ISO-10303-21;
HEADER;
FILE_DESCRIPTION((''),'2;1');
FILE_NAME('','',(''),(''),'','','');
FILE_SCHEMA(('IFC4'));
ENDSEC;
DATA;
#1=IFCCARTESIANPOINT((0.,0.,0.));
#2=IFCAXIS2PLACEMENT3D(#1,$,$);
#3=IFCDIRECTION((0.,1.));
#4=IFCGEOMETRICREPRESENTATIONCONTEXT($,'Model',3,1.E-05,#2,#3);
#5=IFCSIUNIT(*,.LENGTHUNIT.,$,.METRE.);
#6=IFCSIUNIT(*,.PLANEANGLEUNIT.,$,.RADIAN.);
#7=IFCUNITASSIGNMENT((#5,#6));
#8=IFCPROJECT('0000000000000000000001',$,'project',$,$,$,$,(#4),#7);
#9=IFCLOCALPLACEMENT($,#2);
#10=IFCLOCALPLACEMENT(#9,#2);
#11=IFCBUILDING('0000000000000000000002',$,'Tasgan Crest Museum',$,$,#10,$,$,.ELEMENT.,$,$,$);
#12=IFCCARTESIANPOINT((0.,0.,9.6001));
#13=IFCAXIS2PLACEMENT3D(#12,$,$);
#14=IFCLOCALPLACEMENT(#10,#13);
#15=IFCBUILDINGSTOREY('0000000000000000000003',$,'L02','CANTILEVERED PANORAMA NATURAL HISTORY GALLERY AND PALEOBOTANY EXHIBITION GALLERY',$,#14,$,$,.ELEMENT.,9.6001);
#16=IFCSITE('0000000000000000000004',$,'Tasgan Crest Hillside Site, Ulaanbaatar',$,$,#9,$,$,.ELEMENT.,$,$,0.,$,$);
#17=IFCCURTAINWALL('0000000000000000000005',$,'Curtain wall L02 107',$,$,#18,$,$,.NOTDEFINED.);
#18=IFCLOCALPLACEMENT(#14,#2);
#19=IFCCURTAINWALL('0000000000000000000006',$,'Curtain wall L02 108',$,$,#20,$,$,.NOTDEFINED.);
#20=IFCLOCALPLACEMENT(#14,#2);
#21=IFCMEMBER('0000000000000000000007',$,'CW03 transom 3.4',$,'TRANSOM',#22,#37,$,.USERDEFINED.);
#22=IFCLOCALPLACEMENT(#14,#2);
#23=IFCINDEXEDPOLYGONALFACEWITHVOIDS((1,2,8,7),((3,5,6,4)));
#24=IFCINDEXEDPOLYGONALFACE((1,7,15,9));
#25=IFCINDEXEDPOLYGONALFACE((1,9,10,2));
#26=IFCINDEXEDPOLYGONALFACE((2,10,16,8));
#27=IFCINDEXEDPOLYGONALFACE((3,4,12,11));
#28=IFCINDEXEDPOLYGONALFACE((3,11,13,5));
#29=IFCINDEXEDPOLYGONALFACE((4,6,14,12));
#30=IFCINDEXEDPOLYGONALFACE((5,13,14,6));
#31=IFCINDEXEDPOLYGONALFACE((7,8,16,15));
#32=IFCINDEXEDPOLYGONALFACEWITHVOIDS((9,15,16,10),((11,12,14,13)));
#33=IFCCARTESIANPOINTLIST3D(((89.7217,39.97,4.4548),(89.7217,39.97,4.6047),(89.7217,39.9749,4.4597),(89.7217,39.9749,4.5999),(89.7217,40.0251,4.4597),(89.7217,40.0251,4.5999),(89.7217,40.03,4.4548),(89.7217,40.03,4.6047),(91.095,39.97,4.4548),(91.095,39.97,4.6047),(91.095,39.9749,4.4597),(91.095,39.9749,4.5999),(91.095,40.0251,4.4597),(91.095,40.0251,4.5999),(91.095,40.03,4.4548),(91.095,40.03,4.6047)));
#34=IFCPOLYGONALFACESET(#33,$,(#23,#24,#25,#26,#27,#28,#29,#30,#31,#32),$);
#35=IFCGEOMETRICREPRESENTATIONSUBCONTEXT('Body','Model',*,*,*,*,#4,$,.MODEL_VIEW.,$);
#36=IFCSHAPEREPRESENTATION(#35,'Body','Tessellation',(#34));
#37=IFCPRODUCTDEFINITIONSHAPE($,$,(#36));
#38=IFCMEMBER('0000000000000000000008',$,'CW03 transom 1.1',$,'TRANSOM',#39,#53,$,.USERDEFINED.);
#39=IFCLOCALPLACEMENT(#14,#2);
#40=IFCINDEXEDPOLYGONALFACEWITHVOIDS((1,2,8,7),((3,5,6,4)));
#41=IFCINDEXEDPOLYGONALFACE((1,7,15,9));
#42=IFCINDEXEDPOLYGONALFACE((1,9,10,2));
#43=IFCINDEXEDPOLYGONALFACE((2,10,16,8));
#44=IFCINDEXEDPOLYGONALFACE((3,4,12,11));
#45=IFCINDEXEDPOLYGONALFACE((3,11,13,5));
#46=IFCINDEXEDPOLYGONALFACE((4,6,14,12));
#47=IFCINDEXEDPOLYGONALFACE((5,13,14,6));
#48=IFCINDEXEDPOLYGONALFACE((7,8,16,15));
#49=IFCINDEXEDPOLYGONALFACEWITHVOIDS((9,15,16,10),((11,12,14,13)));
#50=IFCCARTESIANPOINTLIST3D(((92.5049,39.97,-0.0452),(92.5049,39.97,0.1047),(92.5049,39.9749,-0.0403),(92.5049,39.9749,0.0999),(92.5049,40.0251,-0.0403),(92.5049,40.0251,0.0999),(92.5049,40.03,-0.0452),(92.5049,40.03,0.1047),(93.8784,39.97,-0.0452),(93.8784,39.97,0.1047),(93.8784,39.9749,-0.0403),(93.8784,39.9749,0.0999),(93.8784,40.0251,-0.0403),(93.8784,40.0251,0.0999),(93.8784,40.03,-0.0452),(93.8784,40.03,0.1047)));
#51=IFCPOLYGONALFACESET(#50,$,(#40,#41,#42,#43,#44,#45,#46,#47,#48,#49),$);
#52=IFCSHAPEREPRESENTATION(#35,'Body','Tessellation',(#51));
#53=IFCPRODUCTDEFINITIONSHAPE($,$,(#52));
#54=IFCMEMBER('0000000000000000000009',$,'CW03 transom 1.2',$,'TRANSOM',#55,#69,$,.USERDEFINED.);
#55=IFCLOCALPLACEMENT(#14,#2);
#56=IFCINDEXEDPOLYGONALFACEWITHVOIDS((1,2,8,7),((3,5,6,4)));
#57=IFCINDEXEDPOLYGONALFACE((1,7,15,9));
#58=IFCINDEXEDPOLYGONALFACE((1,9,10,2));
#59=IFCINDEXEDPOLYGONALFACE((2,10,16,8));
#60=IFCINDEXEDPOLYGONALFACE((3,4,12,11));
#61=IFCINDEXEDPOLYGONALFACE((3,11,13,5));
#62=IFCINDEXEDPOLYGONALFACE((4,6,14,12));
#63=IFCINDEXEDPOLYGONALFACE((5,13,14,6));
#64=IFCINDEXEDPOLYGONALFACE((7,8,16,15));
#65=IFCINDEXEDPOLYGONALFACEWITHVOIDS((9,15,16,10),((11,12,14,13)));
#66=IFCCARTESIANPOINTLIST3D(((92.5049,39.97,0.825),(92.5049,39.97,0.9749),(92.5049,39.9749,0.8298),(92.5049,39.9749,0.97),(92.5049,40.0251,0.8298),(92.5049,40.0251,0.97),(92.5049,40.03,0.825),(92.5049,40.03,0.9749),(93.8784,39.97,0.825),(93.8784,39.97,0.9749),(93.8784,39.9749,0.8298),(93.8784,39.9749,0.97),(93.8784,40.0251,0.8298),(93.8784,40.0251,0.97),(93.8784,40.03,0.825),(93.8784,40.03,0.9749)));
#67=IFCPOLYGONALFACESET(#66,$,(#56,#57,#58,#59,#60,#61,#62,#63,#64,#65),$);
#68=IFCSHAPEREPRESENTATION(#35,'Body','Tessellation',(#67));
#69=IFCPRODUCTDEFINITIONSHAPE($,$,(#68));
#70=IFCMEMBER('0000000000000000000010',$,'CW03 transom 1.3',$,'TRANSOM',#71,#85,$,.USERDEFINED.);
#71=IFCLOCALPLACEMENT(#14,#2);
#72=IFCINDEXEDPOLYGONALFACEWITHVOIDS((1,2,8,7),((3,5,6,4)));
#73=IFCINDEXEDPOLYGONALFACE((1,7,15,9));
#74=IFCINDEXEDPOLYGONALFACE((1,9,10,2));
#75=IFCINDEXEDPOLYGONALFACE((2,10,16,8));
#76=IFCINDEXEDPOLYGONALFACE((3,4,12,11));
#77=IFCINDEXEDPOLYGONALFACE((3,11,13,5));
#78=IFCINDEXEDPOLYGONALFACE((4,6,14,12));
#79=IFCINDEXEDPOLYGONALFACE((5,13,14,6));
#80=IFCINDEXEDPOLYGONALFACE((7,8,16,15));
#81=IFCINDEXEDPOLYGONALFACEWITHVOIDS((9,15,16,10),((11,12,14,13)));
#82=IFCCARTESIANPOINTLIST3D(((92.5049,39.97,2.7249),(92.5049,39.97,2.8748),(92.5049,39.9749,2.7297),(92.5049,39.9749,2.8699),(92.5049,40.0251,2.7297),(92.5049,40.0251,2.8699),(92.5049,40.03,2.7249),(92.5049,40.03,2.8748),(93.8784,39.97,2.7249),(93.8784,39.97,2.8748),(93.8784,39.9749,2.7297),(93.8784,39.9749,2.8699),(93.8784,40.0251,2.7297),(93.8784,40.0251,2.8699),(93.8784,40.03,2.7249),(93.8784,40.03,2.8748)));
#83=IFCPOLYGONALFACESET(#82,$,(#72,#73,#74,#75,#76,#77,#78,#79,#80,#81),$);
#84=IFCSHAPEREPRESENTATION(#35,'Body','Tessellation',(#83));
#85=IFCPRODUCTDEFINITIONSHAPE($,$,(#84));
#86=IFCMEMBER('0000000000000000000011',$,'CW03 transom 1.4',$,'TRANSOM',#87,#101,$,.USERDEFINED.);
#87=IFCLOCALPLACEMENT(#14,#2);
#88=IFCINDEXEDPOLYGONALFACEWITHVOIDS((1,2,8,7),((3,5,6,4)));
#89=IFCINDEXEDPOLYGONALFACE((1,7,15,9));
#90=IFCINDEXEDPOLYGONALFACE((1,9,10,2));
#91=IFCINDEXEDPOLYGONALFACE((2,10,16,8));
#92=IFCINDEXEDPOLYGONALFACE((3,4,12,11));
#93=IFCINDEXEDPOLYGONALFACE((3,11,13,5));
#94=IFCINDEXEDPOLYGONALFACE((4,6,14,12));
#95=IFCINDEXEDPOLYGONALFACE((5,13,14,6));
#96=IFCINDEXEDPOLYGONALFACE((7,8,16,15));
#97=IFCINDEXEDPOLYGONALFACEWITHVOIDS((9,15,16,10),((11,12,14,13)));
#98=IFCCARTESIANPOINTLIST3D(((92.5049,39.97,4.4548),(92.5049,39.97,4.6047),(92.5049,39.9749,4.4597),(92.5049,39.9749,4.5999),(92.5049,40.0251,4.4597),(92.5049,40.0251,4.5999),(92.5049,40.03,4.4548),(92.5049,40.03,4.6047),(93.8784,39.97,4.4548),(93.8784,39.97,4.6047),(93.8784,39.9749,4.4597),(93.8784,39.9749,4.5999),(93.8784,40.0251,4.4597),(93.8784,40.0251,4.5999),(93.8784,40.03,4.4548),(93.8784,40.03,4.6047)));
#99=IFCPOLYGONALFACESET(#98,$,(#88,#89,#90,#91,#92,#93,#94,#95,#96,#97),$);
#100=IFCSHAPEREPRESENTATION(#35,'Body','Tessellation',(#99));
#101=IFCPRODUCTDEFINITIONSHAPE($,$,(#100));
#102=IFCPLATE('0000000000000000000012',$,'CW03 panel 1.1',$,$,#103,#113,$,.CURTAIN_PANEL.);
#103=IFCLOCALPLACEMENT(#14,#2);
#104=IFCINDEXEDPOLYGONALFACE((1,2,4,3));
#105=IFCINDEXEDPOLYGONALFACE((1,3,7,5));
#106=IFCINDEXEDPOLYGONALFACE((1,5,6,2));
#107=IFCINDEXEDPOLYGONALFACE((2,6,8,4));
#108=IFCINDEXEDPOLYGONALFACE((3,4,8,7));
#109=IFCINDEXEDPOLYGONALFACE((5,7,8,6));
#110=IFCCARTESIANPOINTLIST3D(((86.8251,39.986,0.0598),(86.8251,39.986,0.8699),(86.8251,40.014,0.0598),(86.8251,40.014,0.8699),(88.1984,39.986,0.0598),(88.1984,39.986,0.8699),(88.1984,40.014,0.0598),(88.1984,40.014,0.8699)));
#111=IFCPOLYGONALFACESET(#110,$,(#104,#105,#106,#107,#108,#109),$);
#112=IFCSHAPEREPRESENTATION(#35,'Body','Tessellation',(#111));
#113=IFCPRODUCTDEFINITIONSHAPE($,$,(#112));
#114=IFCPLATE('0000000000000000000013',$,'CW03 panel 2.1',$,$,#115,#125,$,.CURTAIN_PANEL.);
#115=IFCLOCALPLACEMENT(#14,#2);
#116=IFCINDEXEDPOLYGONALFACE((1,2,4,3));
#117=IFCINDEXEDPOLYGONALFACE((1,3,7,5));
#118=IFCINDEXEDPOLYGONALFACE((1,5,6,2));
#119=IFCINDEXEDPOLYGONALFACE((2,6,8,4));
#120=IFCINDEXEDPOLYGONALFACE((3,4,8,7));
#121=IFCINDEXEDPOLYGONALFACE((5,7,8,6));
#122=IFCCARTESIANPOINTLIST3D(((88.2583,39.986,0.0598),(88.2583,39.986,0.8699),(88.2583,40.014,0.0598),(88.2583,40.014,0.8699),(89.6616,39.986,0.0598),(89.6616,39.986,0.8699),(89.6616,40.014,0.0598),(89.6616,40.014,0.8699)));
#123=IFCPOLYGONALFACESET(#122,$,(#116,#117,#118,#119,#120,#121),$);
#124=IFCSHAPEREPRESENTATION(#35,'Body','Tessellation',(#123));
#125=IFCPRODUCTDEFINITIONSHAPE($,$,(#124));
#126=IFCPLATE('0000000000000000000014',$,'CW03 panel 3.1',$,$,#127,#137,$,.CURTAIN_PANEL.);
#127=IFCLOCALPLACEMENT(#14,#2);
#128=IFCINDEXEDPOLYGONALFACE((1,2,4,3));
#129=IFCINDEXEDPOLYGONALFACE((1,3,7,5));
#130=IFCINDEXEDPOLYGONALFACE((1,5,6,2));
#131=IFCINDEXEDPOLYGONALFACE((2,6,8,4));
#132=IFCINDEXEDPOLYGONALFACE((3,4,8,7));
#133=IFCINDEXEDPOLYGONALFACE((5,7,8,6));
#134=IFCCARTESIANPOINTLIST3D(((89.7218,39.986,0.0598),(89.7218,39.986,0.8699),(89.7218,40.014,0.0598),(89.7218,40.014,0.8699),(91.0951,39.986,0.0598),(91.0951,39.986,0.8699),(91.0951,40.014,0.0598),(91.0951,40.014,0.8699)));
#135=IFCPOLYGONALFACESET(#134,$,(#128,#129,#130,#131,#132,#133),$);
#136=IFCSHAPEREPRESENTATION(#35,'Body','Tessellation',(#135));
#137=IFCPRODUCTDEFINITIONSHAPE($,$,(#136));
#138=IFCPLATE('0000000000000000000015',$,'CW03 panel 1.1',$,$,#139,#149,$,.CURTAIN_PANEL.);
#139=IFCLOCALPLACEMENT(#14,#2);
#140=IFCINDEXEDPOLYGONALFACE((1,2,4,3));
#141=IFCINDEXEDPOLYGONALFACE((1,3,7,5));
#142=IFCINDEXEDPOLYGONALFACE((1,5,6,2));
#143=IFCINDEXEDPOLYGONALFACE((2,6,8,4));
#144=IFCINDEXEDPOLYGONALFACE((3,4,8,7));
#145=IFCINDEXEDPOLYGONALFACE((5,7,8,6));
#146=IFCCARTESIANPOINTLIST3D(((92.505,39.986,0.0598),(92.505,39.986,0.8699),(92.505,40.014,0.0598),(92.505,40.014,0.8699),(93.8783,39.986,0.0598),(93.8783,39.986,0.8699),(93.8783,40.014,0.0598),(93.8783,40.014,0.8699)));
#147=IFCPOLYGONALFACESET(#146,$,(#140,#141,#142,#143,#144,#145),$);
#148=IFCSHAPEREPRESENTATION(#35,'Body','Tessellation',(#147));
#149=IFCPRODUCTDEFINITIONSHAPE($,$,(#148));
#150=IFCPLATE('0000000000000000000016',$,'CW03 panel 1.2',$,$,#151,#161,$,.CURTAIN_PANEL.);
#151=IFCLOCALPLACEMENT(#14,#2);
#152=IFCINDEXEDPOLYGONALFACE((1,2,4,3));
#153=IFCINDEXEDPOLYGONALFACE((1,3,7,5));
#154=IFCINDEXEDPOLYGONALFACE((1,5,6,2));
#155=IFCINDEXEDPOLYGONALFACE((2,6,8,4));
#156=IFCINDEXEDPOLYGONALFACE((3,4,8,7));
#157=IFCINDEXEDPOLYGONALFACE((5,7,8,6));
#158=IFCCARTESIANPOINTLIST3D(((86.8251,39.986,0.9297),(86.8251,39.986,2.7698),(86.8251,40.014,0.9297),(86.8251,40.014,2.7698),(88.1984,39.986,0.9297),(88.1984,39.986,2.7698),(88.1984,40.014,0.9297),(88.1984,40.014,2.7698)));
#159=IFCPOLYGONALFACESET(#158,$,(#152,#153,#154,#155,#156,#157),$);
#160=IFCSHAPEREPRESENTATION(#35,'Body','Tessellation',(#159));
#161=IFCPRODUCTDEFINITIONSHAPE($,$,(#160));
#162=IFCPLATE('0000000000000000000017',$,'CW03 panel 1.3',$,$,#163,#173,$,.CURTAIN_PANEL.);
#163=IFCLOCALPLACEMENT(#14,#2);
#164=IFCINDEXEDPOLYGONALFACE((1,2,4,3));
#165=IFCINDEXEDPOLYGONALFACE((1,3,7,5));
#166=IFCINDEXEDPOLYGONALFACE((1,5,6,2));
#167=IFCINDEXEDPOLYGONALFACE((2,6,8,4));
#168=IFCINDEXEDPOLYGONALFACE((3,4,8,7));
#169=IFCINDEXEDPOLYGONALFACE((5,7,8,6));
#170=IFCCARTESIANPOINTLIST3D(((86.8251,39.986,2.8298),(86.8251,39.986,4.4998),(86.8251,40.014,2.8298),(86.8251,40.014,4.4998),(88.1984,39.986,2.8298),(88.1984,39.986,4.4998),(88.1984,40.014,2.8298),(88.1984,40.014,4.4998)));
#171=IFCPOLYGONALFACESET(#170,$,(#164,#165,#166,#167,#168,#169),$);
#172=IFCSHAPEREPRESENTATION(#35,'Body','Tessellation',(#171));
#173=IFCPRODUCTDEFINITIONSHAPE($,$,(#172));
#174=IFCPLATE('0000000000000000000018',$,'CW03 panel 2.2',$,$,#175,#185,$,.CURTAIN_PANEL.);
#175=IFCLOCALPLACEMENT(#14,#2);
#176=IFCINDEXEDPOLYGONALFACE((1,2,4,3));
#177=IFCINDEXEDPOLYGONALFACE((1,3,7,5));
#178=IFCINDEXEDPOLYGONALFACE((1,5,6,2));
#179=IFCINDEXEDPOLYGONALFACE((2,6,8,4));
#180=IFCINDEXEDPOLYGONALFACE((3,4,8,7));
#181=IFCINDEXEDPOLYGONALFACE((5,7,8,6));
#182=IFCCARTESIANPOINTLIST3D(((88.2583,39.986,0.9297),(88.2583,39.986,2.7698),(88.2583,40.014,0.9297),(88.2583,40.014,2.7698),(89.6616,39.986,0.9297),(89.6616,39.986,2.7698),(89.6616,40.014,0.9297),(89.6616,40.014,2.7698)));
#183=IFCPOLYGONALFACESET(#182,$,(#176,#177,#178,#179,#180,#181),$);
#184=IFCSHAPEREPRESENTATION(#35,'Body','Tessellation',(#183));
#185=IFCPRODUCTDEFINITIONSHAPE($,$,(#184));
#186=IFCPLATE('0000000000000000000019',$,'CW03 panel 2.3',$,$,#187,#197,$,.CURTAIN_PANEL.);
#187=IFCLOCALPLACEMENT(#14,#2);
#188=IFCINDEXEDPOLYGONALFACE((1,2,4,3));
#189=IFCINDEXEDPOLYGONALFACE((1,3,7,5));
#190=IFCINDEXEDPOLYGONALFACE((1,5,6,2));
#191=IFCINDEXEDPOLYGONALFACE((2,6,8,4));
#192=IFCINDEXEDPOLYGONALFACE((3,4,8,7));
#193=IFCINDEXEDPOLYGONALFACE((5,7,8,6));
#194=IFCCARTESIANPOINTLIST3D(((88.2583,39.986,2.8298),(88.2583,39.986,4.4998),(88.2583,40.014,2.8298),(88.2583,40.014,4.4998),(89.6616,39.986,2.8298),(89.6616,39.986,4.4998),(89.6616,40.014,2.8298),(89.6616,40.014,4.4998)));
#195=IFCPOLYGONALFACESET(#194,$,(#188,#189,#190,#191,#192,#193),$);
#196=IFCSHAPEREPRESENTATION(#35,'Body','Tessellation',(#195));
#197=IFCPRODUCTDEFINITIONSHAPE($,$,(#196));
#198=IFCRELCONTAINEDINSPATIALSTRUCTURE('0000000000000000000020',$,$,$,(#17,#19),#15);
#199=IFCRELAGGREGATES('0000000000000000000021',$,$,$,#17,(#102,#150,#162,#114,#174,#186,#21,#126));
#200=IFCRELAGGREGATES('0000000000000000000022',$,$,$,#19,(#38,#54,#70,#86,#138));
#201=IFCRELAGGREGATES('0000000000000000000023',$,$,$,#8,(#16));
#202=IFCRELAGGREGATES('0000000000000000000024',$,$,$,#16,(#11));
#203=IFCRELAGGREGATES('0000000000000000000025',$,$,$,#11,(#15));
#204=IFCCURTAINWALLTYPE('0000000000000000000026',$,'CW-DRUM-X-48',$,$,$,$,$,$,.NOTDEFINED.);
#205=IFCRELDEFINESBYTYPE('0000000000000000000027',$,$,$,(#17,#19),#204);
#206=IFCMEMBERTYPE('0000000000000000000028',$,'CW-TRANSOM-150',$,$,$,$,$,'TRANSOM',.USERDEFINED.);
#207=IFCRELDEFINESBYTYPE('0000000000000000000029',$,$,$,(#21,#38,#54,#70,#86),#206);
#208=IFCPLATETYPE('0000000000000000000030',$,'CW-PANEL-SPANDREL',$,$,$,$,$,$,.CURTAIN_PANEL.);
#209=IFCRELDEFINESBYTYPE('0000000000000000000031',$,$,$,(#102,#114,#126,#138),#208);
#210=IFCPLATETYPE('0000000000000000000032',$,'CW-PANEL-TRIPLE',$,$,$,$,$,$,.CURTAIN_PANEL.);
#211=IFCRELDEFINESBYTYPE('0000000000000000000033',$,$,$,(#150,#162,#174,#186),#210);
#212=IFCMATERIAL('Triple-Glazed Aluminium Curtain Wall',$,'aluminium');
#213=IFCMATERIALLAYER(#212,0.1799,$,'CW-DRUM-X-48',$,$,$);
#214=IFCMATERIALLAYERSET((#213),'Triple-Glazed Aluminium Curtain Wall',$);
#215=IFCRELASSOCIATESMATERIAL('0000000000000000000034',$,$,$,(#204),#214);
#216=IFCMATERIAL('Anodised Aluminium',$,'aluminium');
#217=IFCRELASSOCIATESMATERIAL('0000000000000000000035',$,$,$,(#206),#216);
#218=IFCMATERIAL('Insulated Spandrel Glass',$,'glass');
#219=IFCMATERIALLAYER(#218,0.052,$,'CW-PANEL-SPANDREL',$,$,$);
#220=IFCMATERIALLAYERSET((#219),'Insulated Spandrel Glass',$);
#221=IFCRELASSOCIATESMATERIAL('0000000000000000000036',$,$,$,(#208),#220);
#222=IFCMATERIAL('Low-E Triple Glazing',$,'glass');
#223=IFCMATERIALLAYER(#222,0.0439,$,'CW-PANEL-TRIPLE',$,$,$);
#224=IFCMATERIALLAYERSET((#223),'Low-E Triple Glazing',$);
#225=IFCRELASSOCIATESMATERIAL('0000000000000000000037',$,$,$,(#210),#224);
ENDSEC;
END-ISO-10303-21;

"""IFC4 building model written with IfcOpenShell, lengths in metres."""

from ifc_helpers import new_model, si_unit, direction, frame, origin, origin_2d, place, context, subcontext, project, spatial, rectangle, hollow_rectangle, extrude, material, layer, layer_set, material_profile, profile_set, type_object, element, aggregate, save


model = new_model("IFC4")

# Units and contexts
model_context = context("Model", 3, precision=1e-05, world=origin(), true_north=direction((0.0, 1.0)))
body_context = subcontext(model_context, "Body", "Model", "MODEL_VIEW")
ifc_project = project(units=[si_unit("LENGTHUNIT", "METRE"), si_unit("PLANEANGLEUNIT", "RADIAN")], contexts=[model_context])

# Site, building, storey
site_placement = place(None, origin())
site = spatial("IfcSite", under=ifc_project, at=site_placement, Name="Tasgan Crest Hillside Site, Ulaanbaatar", CompositionType="ELEMENT", RefElevation=0.0)
building_placement = place(site_placement, origin())
building = spatial("IfcBuilding", under=site, at=building_placement, Name="Tasgan Crest Museum", CompositionType="ELEMENT")
storey_placement = place(building_placement, frame((0.0, 0.0, 9.6001)))
storey = spatial("IfcBuildingStorey", under=building, at=storey_placement, Name="L02", Description="CANTILEVERED PANORAMA NATURAL HISTORY GALLERY AND PALEOBOTANY EXHIBITION GALLERY", CompositionType="ELEMENT", Elevation=9.6001)

# Curtain wall
ifc_material_1 = material(Name="Triple-Glazed Aluminium Curtain Wall", Category="aluminium")
ifc_layer_1 = layer(ifc_material_1, 0.1799, Name="CW-DRUM-X-48")
ifc_layer_set_1 = layer_set([ifc_layer_1], Name="Triple-Glazed Aluminium Curtain Wall")
curtain_wall_type = type_object("IfcCurtainWallType", Name="CW-DRUM-X-48", PredefinedType="NOTDEFINED", material=ifc_layer_set_1)
curtain_wall_1_placement = place(storey_placement, origin())
curtain_wall_1 = element("IfcCurtainWall", 1, at=curtain_wall_1_placement, inside=storey, type_object=curtain_wall_type, Name="Curtain wall L02 107", PredefinedType="NOTDEFINED")

# Curtain wall
curtain_wall_2_placement = place(storey_placement, origin())
curtain_wall_2 = element("IfcCurtainWall", 2, at=curtain_wall_2_placement, inside=storey, type_object=curtain_wall_type, Name="Curtain wall L02 108", PredefinedType="NOTDEFINED")

# Members
ifc_material_2 = material(Name="Anodised Aluminium", Category="aluminium")
ifc_material_profile_1 = material_profile(ifc_material_2, hollow_rectangle(XDim=0.0601, YDim=0.1499, WallThickness=0.0049, at=origin_2d()), Name="ALU TRANSOM 150x60x5")
ifc_profile_set_1 = profile_set([ifc_material_profile_1], Name="Anodised Aluminium")
member_type_1 = type_object("IfcMemberType", Name="CW-TRANSOM-150", ElementType="TRANSOM", PredefinedType="USERDEFINED", material=ifc_profile_set_1)
member_1_placement = place(storey_placement, frame((89.7217, 40.0, 4.5298), z_axis=(1.0, 0.0, 0.0), x_axis=(0.0, 1.0, 0.0)))
member_1 = element("IfcMember", 3, at=member_1_placement, type_object=member_type_1, Name="CW03 transom 3.4", ObjectType="TRANSOM", PredefinedType="USERDEFINED", context=body_context, shape_type="SweptSolid", body=[
    extrude(hollow_rectangle(XDim=0.0601, YDim=0.1499, WallThickness=0.0049, at=origin_2d()), origin(), (0.0, 0.0, 1.0), 1.3733),
])
member_2_placement = place(storey_placement, frame((92.5049, 40.0, 0.0298), z_axis=(1.0, 0.0, 0.0), x_axis=(0.0, 1.0, 0.0)))
member_2 = element("IfcMember", 4, at=member_2_placement, type_object=member_type_1, Name="CW03 transom 1.1", ObjectType="TRANSOM", PredefinedType="USERDEFINED", context=body_context, shape_type="SweptSolid", body=[
    extrude(hollow_rectangle(XDim=0.0601, YDim=0.1499, WallThickness=0.0049, at=origin_2d()), origin(), (0.0, 0.0, 1.0), 1.3735),
])
member_3_placement = place(storey_placement, frame((92.5049, 40.0, 0.8999), z_axis=(1.0, 0.0, 0.0), x_axis=(0.0, 1.0, 0.0)))
member_3 = element("IfcMember", 5, at=member_3_placement, type_object=member_type_1, Name="CW03 transom 1.2", ObjectType="TRANSOM", PredefinedType="USERDEFINED", context=body_context, shape_type="SweptSolid", body=[
    extrude(hollow_rectangle(XDim=0.0601, YDim=0.1499, WallThickness=0.0049, at=origin_2d()), origin(), (0.0, 0.0, 1.0), 1.3735),
])
member_4_placement = place(storey_placement, frame((92.5049, 40.0, 2.7998), z_axis=(1.0, 0.0, 0.0), x_axis=(0.0, 1.0, 0.0)))
member_4 = element("IfcMember", 6, at=member_4_placement, type_object=member_type_1, Name="CW03 transom 1.3", ObjectType="TRANSOM", PredefinedType="USERDEFINED", context=body_context, shape_type="SweptSolid", body=[
    extrude(hollow_rectangle(XDim=0.0601, YDim=0.1499, WallThickness=0.0049, at=origin_2d()), origin(), (0.0, 0.0, 1.0), 1.3735),
])
member_5_placement = place(storey_placement, frame((92.5049, 40.0, 4.5298), z_axis=(1.0, 0.0, 0.0), x_axis=(0.0, 1.0, 0.0)))
member_5 = element("IfcMember", 7, at=member_5_placement, type_object=member_type_1, Name="CW03 transom 1.4", ObjectType="TRANSOM", PredefinedType="USERDEFINED", context=body_context, shape_type="SweptSolid", body=[
    extrude(hollow_rectangle(XDim=0.0601, YDim=0.1499, WallThickness=0.0049, at=origin_2d()), origin(), (0.0, 0.0, 1.0), 1.3735),
])

# Plates
ifc_material_3 = material(Name="Insulated Spandrel Glass", Category="glass")
ifc_layer_2 = layer(ifc_material_3, 0.052, Name="CW-PANEL-SPANDREL")
ifc_layer_set_2 = layer_set([ifc_layer_2], Name="Insulated Spandrel Glass")
plate_type_1 = type_object("IfcPlateType", Name="CW-PANEL-SPANDREL", PredefinedType="CURTAIN_PANEL", material=ifc_layer_set_2)
plate_1_placement = place(storey_placement, frame((87.5117, 40.0, 0.0598), z_axis=(0.0, 0.0, 1.0), x_axis=(1.0, 0.0, 0.0)))
plate_1 = element("IfcPlate", 8, at=plate_1_placement, type_object=plate_type_1, Name="CW03 panel 1.1", PredefinedType="CURTAIN_PANEL", context=body_context, shape_type="SweptSolid", body=[
    extrude(rectangle(XDim=1.3733, YDim=0.0281, at=origin_2d()), origin(), (0.0, 0.0, 1.0), 0.8101),
])
plate_2_placement = place(storey_placement, frame((88.96, 40.0, 0.0598), z_axis=(0.0, 0.0, 1.0), x_axis=(1.0, 0.0, 0.0)))
plate_2 = element("IfcPlate", 9, at=plate_2_placement, type_object=plate_type_1, Name="CW03 panel 2.1", PredefinedType="CURTAIN_PANEL", context=body_context, shape_type="SweptSolid", body=[
    extrude(rectangle(XDim=1.4033, YDim=0.0281, at=origin_2d()), origin(), (0.0, 0.0, 1.0), 0.8101),
])
plate_3_placement = place(storey_placement, frame((90.4084, 40.0, 0.0598), z_axis=(0.0, 0.0, 1.0), x_axis=(1.0, 0.0, 0.0)))
plate_3 = element("IfcPlate", 10, at=plate_3_placement, type_object=plate_type_1, Name="CW03 panel 3.1", PredefinedType="CURTAIN_PANEL", context=body_context, shape_type="SweptSolid", body=[
    extrude(rectangle(XDim=1.3733, YDim=0.0281, at=origin_2d()), origin(), (0.0, 0.0, 1.0), 0.8101),
])
plate_4_placement = place(storey_placement, frame((93.1917, 40.0, 0.0598), z_axis=(0.0, 0.0, 1.0), x_axis=(1.0, 0.0, 0.0)))
plate_4 = element("IfcPlate", 11, at=plate_4_placement, type_object=plate_type_1, Name="CW03 panel 1.1", PredefinedType="CURTAIN_PANEL", context=body_context, shape_type="SweptSolid", body=[
    extrude(rectangle(XDim=1.3733, YDim=0.0281, at=origin_2d()), origin(), (0.0, 0.0, 1.0), 0.8101),
])
ifc_material_4 = material(Name="Low-E Triple Glazing", Category="glass")
ifc_layer_3 = layer(ifc_material_4, 0.0439, Name="CW-PANEL-TRIPLE")
ifc_layer_set_3 = layer_set([ifc_layer_3], Name="Low-E Triple Glazing")
plate_type_2 = type_object("IfcPlateType", Name="CW-PANEL-TRIPLE", PredefinedType="CURTAIN_PANEL", material=ifc_layer_set_3)
plate_5_placement = place(storey_placement, frame((87.5117, 40.0, 0.9297), z_axis=(0.0, 0.0, 1.0), x_axis=(1.0, 0.0, 0.0)))
plate_5 = element("IfcPlate", 12, at=plate_5_placement, type_object=plate_type_2, Name="CW03 panel 1.2", PredefinedType="CURTAIN_PANEL", context=body_context, shape_type="SweptSolid", body=[
    extrude(rectangle(XDim=1.3733, YDim=0.0281, at=origin_2d()), origin(), (0.0, 0.0, 1.0), 1.8401),
])
plate_6_placement = place(storey_placement, frame((87.5117, 40.0, 2.8298), z_axis=(0.0, 0.0, 1.0), x_axis=(1.0, 0.0, 0.0)))
plate_6 = element("IfcPlate", 13, at=plate_6_placement, type_object=plate_type_2, Name="CW03 panel 1.3", PredefinedType="CURTAIN_PANEL", context=body_context, shape_type="SweptSolid", body=[
    extrude(rectangle(XDim=1.3733, YDim=0.0281, at=origin_2d()), origin(), (0.0, 0.0, 1.0), 1.6699),
])
plate_7_placement = place(storey_placement, frame((88.96, 40.0, 0.9297), z_axis=(0.0, 0.0, 1.0), x_axis=(1.0, 0.0, 0.0)))
plate_7 = element("IfcPlate", 14, at=plate_7_placement, type_object=plate_type_2, Name="CW03 panel 2.2", PredefinedType="CURTAIN_PANEL", context=body_context, shape_type="SweptSolid", body=[
    extrude(rectangle(XDim=1.4033, YDim=0.0281, at=origin_2d()), origin(), (0.0, 0.0, 1.0), 1.8401),
])
plate_8_placement = place(storey_placement, frame((88.96, 40.0, 2.8298), z_axis=(0.0, 0.0, 1.0), x_axis=(1.0, 0.0, 0.0)))
plate_8 = element("IfcPlate", 15, at=plate_8_placement, type_object=plate_type_2, Name="CW03 panel 2.3", PredefinedType="CURTAIN_PANEL", context=body_context, shape_type="SweptSolid", body=[
    extrude(rectangle(XDim=1.4033, YDim=0.0281, at=origin_2d()), origin(), (0.0, 0.0, 1.0), 1.6699),
])
aggregate(curtain_wall_1, [plate_1, plate_5, plate_6, plate_2, plate_7, plate_8, member_1, plate_3])
aggregate(curtain_wall_2, [member_2, member_3, member_4, member_5, plate_4])

save(model, "model.ifc")
